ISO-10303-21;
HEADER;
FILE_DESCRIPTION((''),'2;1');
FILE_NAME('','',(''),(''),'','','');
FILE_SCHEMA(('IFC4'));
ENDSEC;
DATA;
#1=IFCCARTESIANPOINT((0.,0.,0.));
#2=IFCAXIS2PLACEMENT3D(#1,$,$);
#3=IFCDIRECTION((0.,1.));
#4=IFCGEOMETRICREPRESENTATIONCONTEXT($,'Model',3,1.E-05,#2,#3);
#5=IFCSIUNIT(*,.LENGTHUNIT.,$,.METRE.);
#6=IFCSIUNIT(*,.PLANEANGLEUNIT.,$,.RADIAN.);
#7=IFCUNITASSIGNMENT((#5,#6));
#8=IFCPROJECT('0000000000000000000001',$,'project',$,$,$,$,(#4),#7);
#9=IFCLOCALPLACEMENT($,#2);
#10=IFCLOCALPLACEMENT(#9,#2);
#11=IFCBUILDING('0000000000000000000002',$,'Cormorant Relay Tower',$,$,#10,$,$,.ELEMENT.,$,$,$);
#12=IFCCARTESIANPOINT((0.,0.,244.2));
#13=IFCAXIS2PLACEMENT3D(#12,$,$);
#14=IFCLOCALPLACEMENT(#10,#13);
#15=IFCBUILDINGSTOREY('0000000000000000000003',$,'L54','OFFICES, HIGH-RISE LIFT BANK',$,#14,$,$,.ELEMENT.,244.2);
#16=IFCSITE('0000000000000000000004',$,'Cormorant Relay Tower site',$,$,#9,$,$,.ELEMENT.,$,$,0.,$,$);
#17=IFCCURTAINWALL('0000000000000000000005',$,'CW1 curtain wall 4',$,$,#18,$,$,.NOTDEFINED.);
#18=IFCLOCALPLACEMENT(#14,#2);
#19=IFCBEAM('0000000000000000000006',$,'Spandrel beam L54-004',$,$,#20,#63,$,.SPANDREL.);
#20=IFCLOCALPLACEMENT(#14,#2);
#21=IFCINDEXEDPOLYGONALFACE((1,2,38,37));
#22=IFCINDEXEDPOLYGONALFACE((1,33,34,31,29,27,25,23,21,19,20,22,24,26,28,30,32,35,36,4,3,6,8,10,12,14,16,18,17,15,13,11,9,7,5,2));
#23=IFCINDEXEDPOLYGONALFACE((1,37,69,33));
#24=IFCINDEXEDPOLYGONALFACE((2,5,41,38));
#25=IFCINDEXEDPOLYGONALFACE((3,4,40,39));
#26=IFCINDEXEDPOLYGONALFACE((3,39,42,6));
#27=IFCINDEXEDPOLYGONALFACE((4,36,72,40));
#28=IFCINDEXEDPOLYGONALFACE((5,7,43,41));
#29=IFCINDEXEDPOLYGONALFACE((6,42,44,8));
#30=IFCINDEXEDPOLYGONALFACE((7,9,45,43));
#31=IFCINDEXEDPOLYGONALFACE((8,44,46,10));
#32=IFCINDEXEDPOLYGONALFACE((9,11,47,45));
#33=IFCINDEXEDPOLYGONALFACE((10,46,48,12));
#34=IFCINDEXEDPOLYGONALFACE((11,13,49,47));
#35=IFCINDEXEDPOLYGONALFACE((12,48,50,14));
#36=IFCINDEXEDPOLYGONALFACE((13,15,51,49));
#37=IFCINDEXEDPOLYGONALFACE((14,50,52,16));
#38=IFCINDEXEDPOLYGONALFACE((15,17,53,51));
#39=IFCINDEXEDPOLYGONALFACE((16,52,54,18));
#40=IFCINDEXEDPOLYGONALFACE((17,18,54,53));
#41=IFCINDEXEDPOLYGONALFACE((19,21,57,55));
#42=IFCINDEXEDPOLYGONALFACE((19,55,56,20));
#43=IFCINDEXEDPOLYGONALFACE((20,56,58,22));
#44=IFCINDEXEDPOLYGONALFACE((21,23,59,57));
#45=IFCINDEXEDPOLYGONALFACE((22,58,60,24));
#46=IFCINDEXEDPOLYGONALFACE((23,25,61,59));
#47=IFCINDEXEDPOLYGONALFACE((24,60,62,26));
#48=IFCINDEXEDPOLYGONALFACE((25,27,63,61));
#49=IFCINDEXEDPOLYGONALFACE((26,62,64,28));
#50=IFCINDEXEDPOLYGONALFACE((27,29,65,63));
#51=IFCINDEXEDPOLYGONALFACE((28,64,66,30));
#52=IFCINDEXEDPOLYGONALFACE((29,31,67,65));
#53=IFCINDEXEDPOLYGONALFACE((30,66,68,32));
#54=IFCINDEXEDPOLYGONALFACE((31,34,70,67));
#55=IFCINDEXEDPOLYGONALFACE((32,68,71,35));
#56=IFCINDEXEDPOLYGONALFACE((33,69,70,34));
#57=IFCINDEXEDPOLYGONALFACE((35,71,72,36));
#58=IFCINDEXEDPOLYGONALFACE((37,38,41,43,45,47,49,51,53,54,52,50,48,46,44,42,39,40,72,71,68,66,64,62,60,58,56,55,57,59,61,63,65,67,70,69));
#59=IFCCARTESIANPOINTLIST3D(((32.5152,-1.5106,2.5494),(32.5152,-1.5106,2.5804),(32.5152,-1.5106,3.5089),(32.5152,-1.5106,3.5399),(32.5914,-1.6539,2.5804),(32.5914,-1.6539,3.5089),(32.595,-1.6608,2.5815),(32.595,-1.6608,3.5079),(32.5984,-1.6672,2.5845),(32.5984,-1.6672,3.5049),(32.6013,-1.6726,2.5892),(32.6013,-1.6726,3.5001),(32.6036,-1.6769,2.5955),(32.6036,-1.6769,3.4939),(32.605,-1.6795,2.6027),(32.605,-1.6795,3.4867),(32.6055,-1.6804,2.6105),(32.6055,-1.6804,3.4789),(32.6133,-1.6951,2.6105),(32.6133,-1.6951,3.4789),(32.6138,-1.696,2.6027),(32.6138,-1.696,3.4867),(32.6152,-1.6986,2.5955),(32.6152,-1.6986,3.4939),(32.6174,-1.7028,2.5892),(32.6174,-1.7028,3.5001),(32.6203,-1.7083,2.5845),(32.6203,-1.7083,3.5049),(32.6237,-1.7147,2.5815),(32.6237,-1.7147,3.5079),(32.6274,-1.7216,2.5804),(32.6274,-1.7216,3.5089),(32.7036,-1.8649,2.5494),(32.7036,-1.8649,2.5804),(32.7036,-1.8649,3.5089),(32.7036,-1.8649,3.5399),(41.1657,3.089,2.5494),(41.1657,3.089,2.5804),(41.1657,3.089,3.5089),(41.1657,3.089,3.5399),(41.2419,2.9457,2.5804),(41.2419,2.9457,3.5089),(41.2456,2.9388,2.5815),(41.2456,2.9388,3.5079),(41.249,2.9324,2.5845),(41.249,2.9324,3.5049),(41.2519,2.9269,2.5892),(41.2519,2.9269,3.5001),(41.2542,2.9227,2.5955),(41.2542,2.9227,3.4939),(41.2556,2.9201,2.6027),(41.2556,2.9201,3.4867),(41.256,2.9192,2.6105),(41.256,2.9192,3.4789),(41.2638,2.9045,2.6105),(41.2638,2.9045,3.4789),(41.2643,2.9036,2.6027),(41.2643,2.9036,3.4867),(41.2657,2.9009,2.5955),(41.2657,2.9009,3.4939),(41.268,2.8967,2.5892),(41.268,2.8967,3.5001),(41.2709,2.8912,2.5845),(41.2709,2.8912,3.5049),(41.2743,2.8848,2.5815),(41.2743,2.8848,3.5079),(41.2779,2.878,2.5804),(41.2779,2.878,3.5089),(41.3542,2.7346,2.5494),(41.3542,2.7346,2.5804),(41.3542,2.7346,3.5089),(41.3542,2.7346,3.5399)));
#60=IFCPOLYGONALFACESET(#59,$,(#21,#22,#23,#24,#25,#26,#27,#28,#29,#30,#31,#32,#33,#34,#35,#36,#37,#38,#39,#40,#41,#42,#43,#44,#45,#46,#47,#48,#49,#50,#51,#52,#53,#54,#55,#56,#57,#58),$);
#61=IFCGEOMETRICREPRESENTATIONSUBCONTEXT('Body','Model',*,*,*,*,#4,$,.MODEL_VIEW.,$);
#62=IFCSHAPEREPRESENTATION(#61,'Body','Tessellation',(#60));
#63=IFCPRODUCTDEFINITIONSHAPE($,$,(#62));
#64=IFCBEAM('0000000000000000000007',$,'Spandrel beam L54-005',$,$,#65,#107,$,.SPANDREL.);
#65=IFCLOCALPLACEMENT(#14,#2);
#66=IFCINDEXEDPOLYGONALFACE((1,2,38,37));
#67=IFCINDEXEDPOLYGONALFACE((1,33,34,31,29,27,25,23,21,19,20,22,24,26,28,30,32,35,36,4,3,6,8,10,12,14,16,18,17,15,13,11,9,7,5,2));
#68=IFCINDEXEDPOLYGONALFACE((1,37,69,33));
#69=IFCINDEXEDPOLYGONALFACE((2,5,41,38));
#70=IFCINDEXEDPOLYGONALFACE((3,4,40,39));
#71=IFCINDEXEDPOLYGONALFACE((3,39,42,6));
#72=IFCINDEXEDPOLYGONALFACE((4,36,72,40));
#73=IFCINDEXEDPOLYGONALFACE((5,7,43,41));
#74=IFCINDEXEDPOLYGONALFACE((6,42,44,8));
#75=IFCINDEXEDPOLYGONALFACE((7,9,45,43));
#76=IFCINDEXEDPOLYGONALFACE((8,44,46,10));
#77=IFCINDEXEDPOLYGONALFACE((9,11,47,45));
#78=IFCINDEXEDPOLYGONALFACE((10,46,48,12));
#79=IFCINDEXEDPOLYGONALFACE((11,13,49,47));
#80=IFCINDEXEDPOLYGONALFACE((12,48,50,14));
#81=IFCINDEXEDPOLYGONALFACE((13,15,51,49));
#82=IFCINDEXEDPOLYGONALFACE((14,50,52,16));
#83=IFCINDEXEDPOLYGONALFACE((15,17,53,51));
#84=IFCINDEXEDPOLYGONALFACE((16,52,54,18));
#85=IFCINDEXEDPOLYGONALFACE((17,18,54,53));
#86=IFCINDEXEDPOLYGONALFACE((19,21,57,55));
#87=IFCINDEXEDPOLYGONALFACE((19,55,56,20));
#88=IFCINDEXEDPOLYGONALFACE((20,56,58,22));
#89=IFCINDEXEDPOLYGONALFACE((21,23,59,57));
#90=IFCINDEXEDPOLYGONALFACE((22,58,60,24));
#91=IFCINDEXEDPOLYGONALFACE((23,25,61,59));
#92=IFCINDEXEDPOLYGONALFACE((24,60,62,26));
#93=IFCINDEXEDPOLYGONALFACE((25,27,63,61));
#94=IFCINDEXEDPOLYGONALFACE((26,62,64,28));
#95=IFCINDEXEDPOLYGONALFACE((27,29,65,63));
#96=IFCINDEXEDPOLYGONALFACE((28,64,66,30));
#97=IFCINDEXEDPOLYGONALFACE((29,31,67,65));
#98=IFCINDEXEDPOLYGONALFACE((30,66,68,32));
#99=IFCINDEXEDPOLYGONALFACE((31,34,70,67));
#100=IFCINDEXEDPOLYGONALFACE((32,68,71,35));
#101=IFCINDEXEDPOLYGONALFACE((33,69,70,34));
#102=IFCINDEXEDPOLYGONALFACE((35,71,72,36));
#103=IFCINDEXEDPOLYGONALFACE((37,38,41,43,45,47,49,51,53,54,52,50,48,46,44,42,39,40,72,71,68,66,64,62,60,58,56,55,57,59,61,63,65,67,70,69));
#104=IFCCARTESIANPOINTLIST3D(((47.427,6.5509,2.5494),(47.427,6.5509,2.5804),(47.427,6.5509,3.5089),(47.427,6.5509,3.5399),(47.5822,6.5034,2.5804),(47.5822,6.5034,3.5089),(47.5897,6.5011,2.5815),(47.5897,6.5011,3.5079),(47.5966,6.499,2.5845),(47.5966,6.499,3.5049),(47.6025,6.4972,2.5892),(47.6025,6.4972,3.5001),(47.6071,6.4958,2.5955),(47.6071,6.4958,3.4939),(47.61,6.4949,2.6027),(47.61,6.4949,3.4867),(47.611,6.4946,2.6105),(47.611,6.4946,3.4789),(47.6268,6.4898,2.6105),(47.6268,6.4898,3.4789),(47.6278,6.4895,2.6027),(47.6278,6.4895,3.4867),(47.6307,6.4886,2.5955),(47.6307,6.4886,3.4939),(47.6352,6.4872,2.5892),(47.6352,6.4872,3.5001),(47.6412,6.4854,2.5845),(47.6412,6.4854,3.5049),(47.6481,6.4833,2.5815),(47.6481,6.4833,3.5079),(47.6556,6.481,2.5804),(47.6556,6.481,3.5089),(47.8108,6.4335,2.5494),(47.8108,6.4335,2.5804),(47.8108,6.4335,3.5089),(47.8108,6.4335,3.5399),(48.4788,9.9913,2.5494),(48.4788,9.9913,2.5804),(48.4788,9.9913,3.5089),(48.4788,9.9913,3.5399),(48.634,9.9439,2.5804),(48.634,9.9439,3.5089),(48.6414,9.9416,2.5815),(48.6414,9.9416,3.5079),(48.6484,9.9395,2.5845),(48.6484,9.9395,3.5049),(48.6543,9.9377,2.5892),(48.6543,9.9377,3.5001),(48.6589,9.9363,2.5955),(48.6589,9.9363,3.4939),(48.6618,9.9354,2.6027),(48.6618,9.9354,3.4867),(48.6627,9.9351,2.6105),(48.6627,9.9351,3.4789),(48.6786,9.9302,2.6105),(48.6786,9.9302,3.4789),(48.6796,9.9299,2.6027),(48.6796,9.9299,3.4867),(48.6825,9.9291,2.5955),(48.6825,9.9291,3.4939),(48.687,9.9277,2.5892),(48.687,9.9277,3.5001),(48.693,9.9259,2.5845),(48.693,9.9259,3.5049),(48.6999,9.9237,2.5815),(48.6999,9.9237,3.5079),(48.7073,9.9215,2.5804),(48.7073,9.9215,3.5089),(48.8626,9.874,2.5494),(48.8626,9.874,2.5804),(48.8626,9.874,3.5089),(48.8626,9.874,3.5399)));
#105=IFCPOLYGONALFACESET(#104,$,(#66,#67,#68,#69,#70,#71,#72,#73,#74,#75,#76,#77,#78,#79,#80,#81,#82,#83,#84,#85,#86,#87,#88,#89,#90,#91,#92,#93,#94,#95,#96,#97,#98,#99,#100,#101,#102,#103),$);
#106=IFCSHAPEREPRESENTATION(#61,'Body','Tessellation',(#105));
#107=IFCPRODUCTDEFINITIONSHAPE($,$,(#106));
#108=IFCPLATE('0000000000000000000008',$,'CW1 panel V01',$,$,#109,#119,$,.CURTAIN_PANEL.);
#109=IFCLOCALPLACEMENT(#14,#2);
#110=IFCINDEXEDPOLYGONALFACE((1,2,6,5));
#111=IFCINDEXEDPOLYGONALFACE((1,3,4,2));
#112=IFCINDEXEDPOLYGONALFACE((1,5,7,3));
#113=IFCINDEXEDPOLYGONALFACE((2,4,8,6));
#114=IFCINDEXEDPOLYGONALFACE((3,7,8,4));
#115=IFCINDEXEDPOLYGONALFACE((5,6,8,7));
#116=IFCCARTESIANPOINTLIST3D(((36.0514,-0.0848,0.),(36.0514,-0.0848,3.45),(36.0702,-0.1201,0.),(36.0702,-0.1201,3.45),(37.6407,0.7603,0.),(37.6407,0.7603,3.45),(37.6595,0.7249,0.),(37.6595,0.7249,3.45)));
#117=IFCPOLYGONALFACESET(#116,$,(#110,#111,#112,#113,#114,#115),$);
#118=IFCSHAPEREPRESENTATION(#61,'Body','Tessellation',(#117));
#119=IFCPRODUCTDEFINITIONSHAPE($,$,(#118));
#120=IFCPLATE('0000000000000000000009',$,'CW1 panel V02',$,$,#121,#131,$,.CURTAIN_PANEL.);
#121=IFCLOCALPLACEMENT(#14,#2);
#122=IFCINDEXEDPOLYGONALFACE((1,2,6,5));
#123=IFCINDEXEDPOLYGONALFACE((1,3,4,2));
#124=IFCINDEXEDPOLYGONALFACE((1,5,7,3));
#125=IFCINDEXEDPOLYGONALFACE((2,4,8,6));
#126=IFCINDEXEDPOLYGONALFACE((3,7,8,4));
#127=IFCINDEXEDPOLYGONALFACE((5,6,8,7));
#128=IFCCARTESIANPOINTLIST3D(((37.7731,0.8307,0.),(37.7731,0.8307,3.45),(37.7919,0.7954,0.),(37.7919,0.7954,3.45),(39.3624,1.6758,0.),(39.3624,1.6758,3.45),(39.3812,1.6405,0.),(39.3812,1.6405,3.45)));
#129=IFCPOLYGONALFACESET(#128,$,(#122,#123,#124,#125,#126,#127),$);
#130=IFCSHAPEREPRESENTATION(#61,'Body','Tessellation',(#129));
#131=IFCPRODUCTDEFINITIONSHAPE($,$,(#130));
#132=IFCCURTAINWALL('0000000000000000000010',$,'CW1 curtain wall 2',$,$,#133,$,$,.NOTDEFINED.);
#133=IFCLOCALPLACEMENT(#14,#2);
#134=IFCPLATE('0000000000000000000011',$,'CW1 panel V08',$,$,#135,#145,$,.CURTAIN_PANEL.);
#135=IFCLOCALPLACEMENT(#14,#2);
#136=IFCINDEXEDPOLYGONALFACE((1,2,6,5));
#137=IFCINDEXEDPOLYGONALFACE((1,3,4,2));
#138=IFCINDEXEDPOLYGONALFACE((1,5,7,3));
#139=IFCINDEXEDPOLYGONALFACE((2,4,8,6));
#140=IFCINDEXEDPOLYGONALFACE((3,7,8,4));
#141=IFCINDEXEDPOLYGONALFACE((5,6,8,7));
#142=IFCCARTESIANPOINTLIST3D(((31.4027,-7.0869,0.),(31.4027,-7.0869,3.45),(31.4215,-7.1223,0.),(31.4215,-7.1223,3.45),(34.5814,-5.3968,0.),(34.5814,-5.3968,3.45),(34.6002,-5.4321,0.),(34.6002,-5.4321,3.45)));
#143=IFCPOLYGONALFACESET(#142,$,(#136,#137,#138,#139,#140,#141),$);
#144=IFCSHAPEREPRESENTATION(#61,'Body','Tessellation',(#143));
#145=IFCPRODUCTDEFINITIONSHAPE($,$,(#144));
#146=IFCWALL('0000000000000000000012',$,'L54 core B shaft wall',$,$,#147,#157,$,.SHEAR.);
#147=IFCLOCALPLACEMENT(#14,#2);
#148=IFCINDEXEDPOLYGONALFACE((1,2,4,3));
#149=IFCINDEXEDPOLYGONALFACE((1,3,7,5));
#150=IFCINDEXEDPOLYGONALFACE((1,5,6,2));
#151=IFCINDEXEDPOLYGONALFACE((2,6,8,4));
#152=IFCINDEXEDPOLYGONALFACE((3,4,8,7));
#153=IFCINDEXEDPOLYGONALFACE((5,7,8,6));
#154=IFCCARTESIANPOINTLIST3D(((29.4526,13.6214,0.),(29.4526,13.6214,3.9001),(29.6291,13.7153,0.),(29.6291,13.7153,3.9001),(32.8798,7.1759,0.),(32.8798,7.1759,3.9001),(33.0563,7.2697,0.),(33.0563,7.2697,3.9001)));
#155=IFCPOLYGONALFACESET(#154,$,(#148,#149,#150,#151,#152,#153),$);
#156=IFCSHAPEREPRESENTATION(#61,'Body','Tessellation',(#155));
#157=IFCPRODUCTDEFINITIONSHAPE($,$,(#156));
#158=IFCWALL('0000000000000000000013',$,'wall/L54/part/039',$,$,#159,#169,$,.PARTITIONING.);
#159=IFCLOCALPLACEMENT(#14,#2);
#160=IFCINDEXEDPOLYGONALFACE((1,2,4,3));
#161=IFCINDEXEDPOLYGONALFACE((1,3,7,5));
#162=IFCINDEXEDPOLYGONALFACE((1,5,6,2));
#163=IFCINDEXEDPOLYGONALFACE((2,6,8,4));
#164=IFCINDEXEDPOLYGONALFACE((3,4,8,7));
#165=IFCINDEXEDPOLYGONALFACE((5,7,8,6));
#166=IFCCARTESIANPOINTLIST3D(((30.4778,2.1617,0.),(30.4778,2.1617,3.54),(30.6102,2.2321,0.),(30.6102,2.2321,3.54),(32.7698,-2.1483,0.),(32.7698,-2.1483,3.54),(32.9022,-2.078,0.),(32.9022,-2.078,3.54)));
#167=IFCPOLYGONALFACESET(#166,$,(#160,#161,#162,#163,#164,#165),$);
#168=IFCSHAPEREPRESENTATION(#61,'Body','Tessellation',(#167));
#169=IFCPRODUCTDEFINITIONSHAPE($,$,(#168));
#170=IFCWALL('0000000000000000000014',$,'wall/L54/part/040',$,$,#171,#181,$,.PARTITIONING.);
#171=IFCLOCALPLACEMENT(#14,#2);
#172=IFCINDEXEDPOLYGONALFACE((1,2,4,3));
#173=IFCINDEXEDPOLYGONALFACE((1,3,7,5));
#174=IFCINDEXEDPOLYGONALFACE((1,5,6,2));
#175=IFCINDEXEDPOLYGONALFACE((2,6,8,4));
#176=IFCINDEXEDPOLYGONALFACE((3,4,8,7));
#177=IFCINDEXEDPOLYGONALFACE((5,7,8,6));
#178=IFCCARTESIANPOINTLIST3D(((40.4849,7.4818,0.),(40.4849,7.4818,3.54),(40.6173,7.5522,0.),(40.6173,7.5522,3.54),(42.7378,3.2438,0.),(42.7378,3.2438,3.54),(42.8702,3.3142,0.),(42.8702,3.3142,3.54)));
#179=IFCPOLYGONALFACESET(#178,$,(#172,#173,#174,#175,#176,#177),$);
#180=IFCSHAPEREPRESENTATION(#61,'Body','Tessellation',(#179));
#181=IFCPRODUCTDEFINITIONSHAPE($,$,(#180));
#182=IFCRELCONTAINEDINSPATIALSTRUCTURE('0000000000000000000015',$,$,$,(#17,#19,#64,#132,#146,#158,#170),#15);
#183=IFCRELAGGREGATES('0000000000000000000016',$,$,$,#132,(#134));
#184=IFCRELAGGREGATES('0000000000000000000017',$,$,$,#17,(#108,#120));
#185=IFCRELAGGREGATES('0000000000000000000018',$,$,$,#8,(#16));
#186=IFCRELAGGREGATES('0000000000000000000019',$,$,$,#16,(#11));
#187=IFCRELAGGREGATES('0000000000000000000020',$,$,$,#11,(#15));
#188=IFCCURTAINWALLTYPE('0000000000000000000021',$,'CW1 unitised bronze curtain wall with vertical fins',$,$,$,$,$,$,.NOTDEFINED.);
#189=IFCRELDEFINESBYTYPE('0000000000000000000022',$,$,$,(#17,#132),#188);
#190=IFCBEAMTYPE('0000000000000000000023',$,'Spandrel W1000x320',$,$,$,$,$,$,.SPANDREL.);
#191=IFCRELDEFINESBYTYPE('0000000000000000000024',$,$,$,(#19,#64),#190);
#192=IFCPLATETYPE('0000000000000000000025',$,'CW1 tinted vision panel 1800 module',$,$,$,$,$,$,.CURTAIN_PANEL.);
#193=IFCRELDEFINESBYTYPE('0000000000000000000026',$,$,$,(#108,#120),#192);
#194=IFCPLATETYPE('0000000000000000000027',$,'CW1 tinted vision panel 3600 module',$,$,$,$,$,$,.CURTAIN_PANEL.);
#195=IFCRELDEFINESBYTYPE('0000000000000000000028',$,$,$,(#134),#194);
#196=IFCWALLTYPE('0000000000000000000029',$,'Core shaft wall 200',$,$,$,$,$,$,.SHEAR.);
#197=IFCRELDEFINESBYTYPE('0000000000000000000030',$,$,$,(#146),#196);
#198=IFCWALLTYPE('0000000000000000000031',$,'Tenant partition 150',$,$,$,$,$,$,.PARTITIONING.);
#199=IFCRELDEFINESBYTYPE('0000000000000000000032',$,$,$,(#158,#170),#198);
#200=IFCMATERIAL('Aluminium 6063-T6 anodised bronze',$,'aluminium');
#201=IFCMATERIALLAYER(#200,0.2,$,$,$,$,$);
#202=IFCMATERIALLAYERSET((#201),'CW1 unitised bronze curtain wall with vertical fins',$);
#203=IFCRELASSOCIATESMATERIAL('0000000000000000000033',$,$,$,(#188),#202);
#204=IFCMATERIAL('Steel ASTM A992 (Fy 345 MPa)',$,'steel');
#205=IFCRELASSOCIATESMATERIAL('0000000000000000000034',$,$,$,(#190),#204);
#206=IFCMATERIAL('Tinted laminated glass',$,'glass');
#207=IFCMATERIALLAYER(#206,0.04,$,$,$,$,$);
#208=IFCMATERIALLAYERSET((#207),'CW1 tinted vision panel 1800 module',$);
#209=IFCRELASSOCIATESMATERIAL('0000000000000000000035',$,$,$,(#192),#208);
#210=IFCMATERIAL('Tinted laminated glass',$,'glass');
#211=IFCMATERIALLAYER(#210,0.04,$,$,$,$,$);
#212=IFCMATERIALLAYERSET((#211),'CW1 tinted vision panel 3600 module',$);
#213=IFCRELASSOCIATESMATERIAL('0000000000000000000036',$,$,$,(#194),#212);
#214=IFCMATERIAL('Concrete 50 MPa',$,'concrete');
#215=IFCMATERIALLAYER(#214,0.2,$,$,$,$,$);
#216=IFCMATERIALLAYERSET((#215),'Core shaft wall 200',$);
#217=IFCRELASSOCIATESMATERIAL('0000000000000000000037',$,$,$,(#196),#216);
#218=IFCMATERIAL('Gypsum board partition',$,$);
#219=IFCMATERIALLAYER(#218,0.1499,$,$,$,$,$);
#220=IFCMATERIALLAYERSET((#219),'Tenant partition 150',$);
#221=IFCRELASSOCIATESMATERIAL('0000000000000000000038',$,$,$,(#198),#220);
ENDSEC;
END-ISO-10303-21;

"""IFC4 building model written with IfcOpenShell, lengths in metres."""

from ifc_helpers import new_model, si_unit, direction, frame, frame_2d, origin, origin_2d, place, context, subcontext, project, spatial, rectangle, i_section, extrude, material, layer, layer_set, material_profile, profile_set, type_object, element, aggregate, save


model = new_model("IFC4")

# Units and contexts
model_context = context("Model", 3, precision=1e-05, world=origin(), true_north=direction((0.0, 1.0)))
body_context = subcontext(model_context, "Body", "Model", "MODEL_VIEW")
ifc_project = project(units=[si_unit("LENGTHUNIT", "METRE"), si_unit("PLANEANGLEUNIT", "RADIAN")], contexts=[model_context])

# Site, building, storey
site_placement = place(None, origin())
site = spatial("IfcSite", under=ifc_project, at=site_placement, Name="Cormorant Relay Tower site", CompositionType="ELEMENT", RefElevation=0.0)
building_placement = place(site_placement, origin())
building = spatial("IfcBuilding", under=site, at=building_placement, Name="Cormorant Relay Tower", CompositionType="ELEMENT")
storey_placement = place(building_placement, frame((0.0, 0.0, 244.2)))
storey = spatial("IfcBuildingStorey", under=building, at=storey_placement, Name="L54", Description="OFFICES, HIGH-RISE LIFT BANK", CompositionType="ELEMENT", Elevation=244.2)

# Shared definitions
ifc_material_1 = material(Name="Aluminium 6063-T6 anodised bronze", Category="aluminium")
ifc_layer_1 = layer(ifc_material_1, 0.2)
ifc_layer_set_1 = layer_set([ifc_layer_1], Name="CW1 unitised bronze curtain wall with vertical fins")
curtain_wall_type = type_object("IfcCurtainWallType", Name="CW1 unitised bronze curtain wall with vertical fins", PredefinedType="NOTDEFINED", material=ifc_layer_set_1)

# Curtain wall
curtain_wall_1_placement = place(storey_placement, origin())
curtain_wall_1 = element("IfcCurtainWall", 1, at=curtain_wall_1_placement, inside=storey, type_object=curtain_wall_type, Name="CW1 curtain wall 4", PredefinedType="NOTDEFINED")

# Beams
ifc_material_2 = material(Name="Steel ASTM A992 (Fy 345 MPa)", Category="steel")
ifc_material_profile_1 = material_profile(ifc_material_2, i_section(OverallWidth=0.4014, OverallDepth=0.9905, WebThickness=0.0166, FlangeThickness=0.031, FilletRadius=0.03, at=origin_2d()), Name="W1000x320")
ifc_profile_set_1 = profile_set([ifc_material_profile_1], Name="Steel ASTM A992 (Fy 345 MPa)")
beam_type = type_object("IfcBeamType", Name="Spandrel W1000x320", PredefinedType="SPANDREL", material=ifc_profile_set_1)
beam_1_placement = place(storey_placement, frame((32.6094, -1.6877, 3.0447), z_axis=(0.882948, 0.46947, 0.0), x_axis=(-0.46947, 0.882948, 0.0)))
element("IfcBeam", 2, at=beam_1_placement, inside=storey, type_object=beam_type, Name="Spandrel beam L54-004", PredefinedType="SPANDREL", context=body_context, shape_type="SweptSolid", body=[
    extrude(i_section(OverallWidth=0.4014, OverallDepth=0.9905, WebThickness=0.0166, FlangeThickness=0.031, FilletRadius=0.03, at=origin_2d()), origin(), (0.0, 0.0, 1.0), 9.7974),
])
beam_2_placement = place(storey_placement, frame((47.6189, 6.4922, 3.0447), z_axis=(0.29235, 0.956312, 0.0), x_axis=(-0.956312, 0.29235, 0.0)))
element("IfcBeam", 3, at=beam_2_placement, inside=storey, type_object=beam_type, Name="Spandrel beam L54-005", PredefinedType="SPANDREL", context=body_context, shape_type="SweptSolid", body=[
    extrude(i_section(OverallWidth=0.4014, OverallDepth=0.9905, WebThickness=0.0166, FlangeThickness=0.031, FilletRadius=0.03, at=origin_2d()), origin(), (0.0, 0.0, 1.0), 3.5977),
])

# Plates
ifc_material_3 = material(Name="Tinted laminated glass", Category="glass")
ifc_layer_2 = layer(ifc_material_3, 0.04)
ifc_layer_set_2 = layer_set([ifc_layer_2], Name="CW1 tinted vision panel 1800 module")
plate_type_1 = type_object("IfcPlateType", Name="CW1 tinted vision panel 1800 module", PredefinedType="CURTAIN_PANEL", material=ifc_layer_set_2)
plate_1_placement = place(storey_placement, frame((36.8555, 0.3201, 0.0), z_axis=(0.0, 0.0, 1.0), x_axis=(0.882948, 0.469472, 0.0)))
plate_1 = element("IfcPlate", 4, at=plate_1_placement, type_object=plate_type_1, Name="CW1 panel V01", PredefinedType="CURTAIN_PANEL", context=body_context, shape_type="SweptSolid", body=[
    extrude(rectangle(XDim=1.8, YDim=0.04, at=origin_2d()), origin(), (0.0, 0.0, 1.0), 3.45),
])
plate_2_placement = place(storey_placement, frame((38.5771, 1.2356, 0.0), z_axis=(0.0, 0.0, 1.0), x_axis=(0.882948, 0.469472, 0.0)))
plate_2 = element("IfcPlate", 5, at=plate_2_placement, type_object=plate_type_1, Name="CW1 panel V02", PredefinedType="CURTAIN_PANEL", context=body_context, shape_type="SweptSolid", body=[
    extrude(rectangle(XDim=1.8, YDim=0.04, at=origin_2d()), origin(), (0.0, 0.0, 1.0), 3.45),
])

# Curtain wall, plate
curtain_wall_2_placement = place(storey_placement, origin())
curtain_wall_2 = element("IfcCurtainWall", 6, at=curtain_wall_2_placement, inside=storey, type_object=curtain_wall_type, Name="CW1 curtain wall 2", PredefinedType="NOTDEFINED")
ifc_material_4 = material(Name="Tinted laminated glass", Category="glass")
ifc_layer_3 = layer(ifc_material_4, 0.04)
ifc_layer_set_3 = layer_set([ifc_layer_3], Name="CW1 tinted vision panel 3600 module")
plate_type_2 = type_object("IfcPlateType", Name="CW1 tinted vision panel 3600 module", PredefinedType="CURTAIN_PANEL", material=ifc_layer_set_3)
plate_3_placement = place(storey_placement, frame((33.0015, -6.2595, 0.0), z_axis=(0.0, 0.0, 1.0), x_axis=(0.882948, 0.469472, 0.0)))
plate_3 = element("IfcPlate", 7, at=plate_3_placement, type_object=plate_type_2, Name="CW1 panel V08", PredefinedType="CURTAIN_PANEL", context=body_context, shape_type="SweptSolid", body=[
    extrude(rectangle(XDim=3.6001, YDim=0.04, at=origin_2d()), origin(), (0.0, 0.0, 1.0), 3.45),
])
aggregate(curtain_wall_2, [plate_3])

# Walls
ifc_material_5 = material(Name="Concrete 50 MPa", Category="concrete")
ifc_layer_4 = layer(ifc_material_5, 0.2)
ifc_layer_set_4 = layer_set([ifc_layer_4], Name="Core shaft wall 200")
wall_type_1 = type_object("IfcWallType", Name="Core shaft wall 200", PredefinedType="SHEAR", material=ifc_layer_set_4)
wall_1_placement = place(storey_placement, frame((32.968, 7.2229, 0.0), z_axis=(0.0, 0.0, 1.0), x_axis=(-0.46948, 0.882943, 0.0)))
element("IfcWall", 8, at=wall_1_placement, inside=storey, type_object=wall_type_1, Name="L54 core B shaft wall", PredefinedType="SHEAR", context=body_context, shape_type="SweptSolid", body=[
    extrude(rectangle(XDim=7.3, YDim=0.2, at=frame_2d((3.6499, 0.0))), origin(), (0.0, 0.0, 1.0), 3.9001),
])
ifc_material_6 = material(Name="Gypsum board partition")
ifc_layer_5 = layer(ifc_material_6, 0.1499)
ifc_layer_set_5 = layer_set([ifc_layer_5], Name="Tenant partition 150")
wall_type_2 = type_object("IfcWallType", Name="Tenant partition 150", PredefinedType="PARTITIONING", material=ifc_layer_set_5)
wall_2_placement = place(storey_placement, frame((30.5439, 2.197, 0.0), z_axis=(0.0, 0.0, 1.0), x_axis=(0.469518, -0.882923, 0.0)))
element("IfcWall", 9, at=wall_2_placement, inside=storey, type_object=wall_type_2, Name="wall/L54/part/039", PredefinedType="PARTITIONING", context=body_context, shape_type="SweptSolid", body=[
    extrude(rectangle(XDim=4.8816, YDim=0.1499, at=frame_2d((2.4409, 0.0))), origin(), (0.0, 0.0, 1.0), 3.54),
])
wall_3_placement = place(storey_placement, frame((40.551, 7.5171, 0.0), z_axis=(0.0, 0.0, 1.0), x_axis=(0.469394, -0.882989, 0.0)))
element("IfcWall", 10, at=wall_3_placement, inside=storey, type_object=wall_type_2, Name="wall/L54/part/040", PredefinedType="PARTITIONING", context=body_context, shape_type="SweptSolid", body=[
    extrude(rectangle(XDim=4.7996, YDim=0.1499, at=frame_2d((2.3999, 0.0))), origin(), (0.0, 0.0, 1.0), 3.54),
])

aggregate(curtain_wall_1, [plate_1, plate_2])

save(model, "model.ifc")
